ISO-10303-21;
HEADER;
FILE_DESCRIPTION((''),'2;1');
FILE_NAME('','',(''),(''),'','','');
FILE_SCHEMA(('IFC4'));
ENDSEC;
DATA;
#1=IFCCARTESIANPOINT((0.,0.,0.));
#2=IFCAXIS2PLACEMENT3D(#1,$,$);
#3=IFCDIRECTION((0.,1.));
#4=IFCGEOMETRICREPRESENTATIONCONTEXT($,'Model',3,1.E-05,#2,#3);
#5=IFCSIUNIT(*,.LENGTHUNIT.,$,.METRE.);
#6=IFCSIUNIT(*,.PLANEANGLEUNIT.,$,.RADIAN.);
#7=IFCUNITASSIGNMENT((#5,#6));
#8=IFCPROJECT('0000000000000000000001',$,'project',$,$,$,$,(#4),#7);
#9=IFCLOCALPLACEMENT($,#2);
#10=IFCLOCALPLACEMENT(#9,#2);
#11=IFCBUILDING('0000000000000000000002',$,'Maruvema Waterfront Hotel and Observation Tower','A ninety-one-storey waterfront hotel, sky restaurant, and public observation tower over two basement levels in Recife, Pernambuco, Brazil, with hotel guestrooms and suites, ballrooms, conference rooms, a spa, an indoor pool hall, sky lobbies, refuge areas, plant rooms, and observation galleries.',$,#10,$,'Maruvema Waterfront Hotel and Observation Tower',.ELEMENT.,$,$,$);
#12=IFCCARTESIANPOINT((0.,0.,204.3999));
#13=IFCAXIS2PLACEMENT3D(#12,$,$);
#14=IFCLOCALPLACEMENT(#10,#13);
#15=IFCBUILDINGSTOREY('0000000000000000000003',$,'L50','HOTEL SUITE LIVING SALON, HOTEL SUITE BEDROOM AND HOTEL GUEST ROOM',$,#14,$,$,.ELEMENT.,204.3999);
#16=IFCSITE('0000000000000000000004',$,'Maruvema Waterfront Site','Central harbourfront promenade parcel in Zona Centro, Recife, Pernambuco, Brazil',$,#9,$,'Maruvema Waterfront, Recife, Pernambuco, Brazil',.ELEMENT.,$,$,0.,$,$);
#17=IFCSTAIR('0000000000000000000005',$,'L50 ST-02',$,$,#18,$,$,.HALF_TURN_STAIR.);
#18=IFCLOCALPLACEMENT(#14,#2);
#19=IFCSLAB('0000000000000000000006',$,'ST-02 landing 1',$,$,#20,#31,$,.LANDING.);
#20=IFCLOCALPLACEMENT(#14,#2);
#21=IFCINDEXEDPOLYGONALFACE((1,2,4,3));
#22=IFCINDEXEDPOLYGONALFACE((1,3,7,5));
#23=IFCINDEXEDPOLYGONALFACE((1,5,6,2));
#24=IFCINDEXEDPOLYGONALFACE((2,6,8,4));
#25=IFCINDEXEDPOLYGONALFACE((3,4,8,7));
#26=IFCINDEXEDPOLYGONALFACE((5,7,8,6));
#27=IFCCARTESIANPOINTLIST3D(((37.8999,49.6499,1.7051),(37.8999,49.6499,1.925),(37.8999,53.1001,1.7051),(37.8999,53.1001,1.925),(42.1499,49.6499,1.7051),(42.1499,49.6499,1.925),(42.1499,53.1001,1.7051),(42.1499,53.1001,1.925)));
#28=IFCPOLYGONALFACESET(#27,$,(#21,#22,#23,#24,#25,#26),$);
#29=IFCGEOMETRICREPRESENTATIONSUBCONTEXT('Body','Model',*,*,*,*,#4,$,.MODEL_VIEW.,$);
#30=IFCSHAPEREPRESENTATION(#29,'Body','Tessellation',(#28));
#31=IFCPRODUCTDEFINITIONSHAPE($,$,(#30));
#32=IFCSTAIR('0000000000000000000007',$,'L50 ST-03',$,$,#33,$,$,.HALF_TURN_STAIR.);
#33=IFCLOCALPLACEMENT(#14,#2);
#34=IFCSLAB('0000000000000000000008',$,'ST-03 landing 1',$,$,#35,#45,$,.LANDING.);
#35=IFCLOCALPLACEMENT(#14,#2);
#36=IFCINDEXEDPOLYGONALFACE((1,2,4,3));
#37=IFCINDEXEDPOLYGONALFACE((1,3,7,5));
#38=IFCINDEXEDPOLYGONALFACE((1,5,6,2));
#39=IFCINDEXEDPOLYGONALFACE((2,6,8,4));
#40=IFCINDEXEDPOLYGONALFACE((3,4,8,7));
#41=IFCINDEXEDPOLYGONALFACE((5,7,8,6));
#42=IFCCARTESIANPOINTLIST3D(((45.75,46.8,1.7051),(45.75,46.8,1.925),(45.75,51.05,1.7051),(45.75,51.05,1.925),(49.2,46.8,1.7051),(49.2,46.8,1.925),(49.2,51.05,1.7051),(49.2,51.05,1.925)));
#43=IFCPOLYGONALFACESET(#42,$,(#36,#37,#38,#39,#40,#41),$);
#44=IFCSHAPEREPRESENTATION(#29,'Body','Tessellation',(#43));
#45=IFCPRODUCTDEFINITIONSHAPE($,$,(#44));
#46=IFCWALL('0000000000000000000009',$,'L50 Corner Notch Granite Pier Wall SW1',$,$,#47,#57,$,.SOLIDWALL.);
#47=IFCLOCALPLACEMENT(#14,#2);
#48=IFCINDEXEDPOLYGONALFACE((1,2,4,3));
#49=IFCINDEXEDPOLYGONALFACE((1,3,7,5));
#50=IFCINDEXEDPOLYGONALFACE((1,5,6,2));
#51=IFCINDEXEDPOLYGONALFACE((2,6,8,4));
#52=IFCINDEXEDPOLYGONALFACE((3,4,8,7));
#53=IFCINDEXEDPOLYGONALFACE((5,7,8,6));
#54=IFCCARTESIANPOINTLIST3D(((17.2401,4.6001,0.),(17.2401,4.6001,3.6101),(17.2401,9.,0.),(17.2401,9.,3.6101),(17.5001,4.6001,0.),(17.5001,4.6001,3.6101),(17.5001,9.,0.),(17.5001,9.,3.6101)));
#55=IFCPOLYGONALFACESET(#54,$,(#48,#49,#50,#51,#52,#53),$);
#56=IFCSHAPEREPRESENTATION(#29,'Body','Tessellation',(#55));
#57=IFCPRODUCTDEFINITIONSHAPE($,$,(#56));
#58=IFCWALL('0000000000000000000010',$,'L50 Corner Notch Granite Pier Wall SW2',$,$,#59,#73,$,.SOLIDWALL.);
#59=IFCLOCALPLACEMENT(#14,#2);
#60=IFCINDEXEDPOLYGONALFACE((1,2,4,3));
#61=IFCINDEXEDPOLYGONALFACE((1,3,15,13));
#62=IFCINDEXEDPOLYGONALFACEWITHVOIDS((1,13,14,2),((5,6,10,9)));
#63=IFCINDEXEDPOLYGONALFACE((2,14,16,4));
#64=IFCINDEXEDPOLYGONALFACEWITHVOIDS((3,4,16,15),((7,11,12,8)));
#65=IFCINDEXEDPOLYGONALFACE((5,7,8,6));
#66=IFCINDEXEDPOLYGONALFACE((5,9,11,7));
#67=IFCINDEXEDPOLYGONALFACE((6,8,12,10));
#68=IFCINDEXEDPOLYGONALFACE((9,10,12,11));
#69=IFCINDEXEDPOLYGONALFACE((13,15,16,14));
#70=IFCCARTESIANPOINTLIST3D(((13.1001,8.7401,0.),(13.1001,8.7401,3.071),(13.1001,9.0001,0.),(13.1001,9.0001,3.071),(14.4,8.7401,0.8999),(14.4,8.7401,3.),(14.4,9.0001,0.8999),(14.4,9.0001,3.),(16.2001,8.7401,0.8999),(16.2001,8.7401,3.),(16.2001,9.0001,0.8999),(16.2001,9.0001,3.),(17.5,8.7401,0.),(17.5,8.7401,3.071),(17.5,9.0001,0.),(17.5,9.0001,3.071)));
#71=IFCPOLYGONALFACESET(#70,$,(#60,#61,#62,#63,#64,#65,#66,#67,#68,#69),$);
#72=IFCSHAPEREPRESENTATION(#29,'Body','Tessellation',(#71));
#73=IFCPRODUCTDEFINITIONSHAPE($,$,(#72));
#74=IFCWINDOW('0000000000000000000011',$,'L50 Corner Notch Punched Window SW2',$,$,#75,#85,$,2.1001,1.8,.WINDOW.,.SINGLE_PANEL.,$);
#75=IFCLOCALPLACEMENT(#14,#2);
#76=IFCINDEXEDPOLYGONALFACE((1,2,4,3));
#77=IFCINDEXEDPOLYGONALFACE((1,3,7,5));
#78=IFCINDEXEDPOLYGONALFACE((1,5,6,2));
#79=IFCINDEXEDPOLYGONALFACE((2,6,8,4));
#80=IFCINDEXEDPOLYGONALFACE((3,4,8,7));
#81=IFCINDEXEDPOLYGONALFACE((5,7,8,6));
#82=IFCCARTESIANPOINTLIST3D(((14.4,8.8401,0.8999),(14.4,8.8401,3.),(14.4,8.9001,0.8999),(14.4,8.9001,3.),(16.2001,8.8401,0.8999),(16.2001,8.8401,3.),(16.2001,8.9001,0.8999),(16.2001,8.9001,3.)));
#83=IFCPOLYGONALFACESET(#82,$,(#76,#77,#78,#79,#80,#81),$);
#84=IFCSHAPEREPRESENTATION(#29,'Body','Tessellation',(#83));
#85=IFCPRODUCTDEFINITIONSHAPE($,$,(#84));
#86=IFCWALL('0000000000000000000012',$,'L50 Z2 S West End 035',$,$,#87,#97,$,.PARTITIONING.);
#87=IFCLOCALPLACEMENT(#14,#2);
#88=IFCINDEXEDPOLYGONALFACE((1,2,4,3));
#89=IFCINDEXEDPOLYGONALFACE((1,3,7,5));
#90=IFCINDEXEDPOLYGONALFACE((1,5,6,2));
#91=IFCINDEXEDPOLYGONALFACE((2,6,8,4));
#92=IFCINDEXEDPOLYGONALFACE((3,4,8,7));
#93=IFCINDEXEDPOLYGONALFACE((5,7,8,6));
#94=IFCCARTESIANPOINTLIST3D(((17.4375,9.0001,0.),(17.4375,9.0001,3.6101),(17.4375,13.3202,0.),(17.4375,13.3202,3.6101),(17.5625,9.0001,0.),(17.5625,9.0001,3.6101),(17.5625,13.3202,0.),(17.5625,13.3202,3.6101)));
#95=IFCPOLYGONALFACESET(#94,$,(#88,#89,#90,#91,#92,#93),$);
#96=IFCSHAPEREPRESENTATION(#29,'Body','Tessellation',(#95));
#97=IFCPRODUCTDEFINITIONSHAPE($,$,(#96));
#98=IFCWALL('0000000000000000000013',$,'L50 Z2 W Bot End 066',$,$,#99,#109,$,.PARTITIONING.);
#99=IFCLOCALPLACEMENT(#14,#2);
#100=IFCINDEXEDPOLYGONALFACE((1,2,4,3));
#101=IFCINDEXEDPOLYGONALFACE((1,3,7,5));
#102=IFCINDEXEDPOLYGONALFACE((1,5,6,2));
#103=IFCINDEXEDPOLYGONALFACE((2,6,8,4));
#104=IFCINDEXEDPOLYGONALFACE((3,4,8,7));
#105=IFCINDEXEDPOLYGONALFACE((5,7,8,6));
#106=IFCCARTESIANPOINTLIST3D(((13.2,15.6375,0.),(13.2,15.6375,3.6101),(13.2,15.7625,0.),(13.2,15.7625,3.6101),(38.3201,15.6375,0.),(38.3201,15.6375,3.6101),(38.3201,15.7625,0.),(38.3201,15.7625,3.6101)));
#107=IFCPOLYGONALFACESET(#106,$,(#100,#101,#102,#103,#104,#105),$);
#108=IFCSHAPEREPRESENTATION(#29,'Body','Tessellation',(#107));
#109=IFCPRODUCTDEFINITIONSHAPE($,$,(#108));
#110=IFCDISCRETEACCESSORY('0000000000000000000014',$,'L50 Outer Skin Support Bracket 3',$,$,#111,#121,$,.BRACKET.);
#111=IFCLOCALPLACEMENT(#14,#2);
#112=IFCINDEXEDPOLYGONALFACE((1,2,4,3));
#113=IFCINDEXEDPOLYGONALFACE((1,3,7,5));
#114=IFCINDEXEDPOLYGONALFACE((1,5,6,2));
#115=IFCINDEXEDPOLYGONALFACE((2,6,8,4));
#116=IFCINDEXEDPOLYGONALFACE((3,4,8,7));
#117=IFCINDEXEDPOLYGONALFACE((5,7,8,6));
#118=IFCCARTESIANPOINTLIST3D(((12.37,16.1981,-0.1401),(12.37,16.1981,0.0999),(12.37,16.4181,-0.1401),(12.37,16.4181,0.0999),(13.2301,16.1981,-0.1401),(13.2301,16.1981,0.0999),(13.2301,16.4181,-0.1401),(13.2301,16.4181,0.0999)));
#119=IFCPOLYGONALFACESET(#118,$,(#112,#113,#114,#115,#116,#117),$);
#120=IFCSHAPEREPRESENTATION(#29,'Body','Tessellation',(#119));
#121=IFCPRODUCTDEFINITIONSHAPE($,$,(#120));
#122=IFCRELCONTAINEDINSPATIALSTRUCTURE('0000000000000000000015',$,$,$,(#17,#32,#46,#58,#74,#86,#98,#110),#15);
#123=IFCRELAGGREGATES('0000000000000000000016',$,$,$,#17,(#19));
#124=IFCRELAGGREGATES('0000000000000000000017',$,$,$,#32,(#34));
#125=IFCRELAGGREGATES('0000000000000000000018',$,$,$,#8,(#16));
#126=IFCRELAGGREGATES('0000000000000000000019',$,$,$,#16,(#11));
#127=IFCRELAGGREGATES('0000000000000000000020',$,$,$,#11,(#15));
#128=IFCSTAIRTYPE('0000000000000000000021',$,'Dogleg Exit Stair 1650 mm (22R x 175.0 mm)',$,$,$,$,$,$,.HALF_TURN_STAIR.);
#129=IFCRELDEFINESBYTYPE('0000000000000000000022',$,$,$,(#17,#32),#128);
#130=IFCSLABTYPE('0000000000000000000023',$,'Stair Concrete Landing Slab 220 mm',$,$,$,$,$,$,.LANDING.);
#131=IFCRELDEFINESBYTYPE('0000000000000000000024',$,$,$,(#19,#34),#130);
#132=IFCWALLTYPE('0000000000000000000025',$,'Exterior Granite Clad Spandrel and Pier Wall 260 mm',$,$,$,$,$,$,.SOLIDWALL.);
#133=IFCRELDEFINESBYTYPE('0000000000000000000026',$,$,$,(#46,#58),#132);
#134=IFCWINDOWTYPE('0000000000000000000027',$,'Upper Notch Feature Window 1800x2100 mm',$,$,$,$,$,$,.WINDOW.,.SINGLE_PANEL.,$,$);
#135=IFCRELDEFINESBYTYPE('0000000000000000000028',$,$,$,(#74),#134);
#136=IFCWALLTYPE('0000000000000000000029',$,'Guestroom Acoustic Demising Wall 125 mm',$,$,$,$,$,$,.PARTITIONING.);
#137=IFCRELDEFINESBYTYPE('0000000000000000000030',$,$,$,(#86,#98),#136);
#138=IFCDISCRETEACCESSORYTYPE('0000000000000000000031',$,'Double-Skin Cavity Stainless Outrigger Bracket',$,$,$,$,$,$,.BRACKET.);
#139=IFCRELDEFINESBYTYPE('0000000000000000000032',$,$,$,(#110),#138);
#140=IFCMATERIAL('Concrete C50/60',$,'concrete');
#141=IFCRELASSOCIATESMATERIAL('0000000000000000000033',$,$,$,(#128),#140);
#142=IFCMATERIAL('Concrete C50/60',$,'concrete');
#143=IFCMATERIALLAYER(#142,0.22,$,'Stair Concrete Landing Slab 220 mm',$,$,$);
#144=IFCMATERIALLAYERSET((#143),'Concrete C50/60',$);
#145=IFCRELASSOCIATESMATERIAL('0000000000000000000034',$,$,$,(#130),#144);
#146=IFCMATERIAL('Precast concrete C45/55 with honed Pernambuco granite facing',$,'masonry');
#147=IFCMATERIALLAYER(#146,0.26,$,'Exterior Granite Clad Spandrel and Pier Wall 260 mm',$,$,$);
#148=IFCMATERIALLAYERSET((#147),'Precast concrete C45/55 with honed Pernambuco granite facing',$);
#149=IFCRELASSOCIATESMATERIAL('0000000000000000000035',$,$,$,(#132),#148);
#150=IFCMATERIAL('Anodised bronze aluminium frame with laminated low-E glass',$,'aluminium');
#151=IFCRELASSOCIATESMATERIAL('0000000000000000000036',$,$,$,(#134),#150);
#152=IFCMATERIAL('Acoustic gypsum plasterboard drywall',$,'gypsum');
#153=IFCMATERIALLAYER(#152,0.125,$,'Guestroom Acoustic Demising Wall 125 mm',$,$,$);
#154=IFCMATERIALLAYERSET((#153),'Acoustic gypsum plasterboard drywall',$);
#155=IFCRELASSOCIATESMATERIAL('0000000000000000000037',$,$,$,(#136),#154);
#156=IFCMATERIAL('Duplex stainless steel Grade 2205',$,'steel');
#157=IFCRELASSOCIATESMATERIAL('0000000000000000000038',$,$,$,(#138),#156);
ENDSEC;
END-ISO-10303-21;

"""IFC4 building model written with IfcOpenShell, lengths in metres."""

from ifc_helpers import new_model, si_unit, direction, frame, frame_2d, origin, origin_2d, place, context, subcontext, project, spatial, polyline, rectangle, outline, extrude, material, layer, layer_set, type_object, element, fill, aggregate, save


model = new_model("IFC4")

# Units and contexts
model_context = context("Model", 3, precision=1e-05, world=origin(), true_north=direction((0.0, 1.0)))
body_context = subcontext(model_context, "Body", "Model", "MODEL_VIEW")
ifc_project = project(units=[si_unit("LENGTHUNIT", "METRE"), si_unit("PLANEANGLEUNIT", "RADIAN")], contexts=[model_context])

# Site, building, storey
site_placement = place(None, origin())
site = spatial("IfcSite", under=ifc_project, at=site_placement, Name="Maruvema Waterfront Site", Description="Central harbourfront promenade parcel in Zona Centro, Recife, Pernambuco, Brazil", LongName="Maruvema Waterfront, Recife, Pernambuco, Brazil", CompositionType="ELEMENT", RefElevation=0.0)
building_placement = place(site_placement, origin())
building = spatial("IfcBuilding", under=site, at=building_placement, Name="Maruvema Waterfront Hotel and Observation Tower", Description="A ninety-one-storey waterfront hotel, sky restaurant, and public observation tower over two basement levels in Recife, Pernambuco, Brazil, with hotel guestrooms and suites, ballrooms, conference rooms, a spa, an indoor pool hall, sky lobbies, refuge areas, plant rooms, and observation galleries.", LongName="Maruvema Waterfront Hotel and Observation Tower", CompositionType="ELEMENT")
storey_placement = place(building_placement, frame((0.0, 0.0, 204.3999)))
storey = spatial("IfcBuildingStorey", under=building, at=storey_placement, Name="L50", Description="HOTEL SUITE LIVING SALON, HOTEL SUITE BEDROOM AND HOTEL GUEST ROOM", CompositionType="ELEMENT", Elevation=204.3999)

# Stairs, slabs
ifc_material_1 = material(Name="Concrete C50/60", Category="concrete")
stair_type = type_object("IfcStairType", Name="Dogleg Exit Stair 1650 mm (22R x 175.0 mm)", PredefinedType="HALF_TURN_STAIR", material=ifc_material_1)
ifc_material_2 = material(Name="Concrete C50/60", Category="concrete")
ifc_layer_1 = layer(ifc_material_2, 0.22, Name="Stair Concrete Landing Slab 220 mm")
ifc_layer_set_1 = layer_set([ifc_layer_1], Name="Concrete C50/60")
slab_type_1 = type_object("IfcSlabType", Name="Stair Concrete Landing Slab 220 mm", PredefinedType="LANDING", material=ifc_layer_set_1)
stair_1_placement = place(storey_placement, origin())
stair_1 = element("IfcStair", 1, at=stair_1_placement, inside=storey, type_object=stair_type, Name="L50 ST-02", PredefinedType="HALF_TURN_STAIR")
slab_1_placement = place(storey_placement, frame((0.0, 0.0, 1.7051)))
slab_1 = element("IfcSlab", 2, at=slab_1_placement, type_object=slab_type_1, Name="ST-02 landing 1", PredefinedType="LANDING", context=body_context, shape_type="SweptSolid", body=[
    extrude(outline(polyline([(37.8999, 49.6499), (42.1499, 49.6499), (42.1499, 53.1001), (37.8999, 53.1001), (37.8999, 49.6499)])), origin(), (0.0, 0.0, 1.0), 0.22),
])
aggregate(stair_1, [slab_1])
stair_2_placement = place(storey_placement, origin())
stair_2 = element("IfcStair", 3, at=stair_2_placement, inside=storey, type_object=stair_type, Name="L50 ST-03", PredefinedType="HALF_TURN_STAIR")
slab_2_placement = place(storey_placement, frame((0.0, 0.0, 1.7051)))
slab_2 = element("IfcSlab", 4, at=slab_2_placement, type_object=slab_type_1, Name="ST-03 landing 1", PredefinedType="LANDING", context=body_context, shape_type="SweptSolid", body=[
    extrude(outline(polyline([(49.2, 46.8), (49.2, 51.05), (45.75, 51.05), (45.75, 46.8), (49.2, 46.8)])), origin(), (0.0, 0.0, 1.0), 0.22),
])
aggregate(stair_2, [slab_2])

# Wall
ifc_material_3 = material(Name="Precast concrete C45/55 with honed Pernambuco granite facing", Category="masonry")
ifc_layer_2 = layer(ifc_material_3, 0.26, Name="Exterior Granite Clad Spandrel and Pier Wall 260 mm")
ifc_layer_set_2 = layer_set([ifc_layer_2], Name="Precast concrete C45/55 with honed Pernambuco granite facing")
wall_type_1 = type_object("IfcWallType", Name="Exterior Granite Clad Spandrel and Pier Wall 260 mm", PredefinedType="SOLIDWALL", material=ifc_layer_set_2)
wall_1_placement = place(storey_placement, frame((17.3701, 4.6001, 0.0), z_axis=(0.0, 0.0, 1.0), x_axis=(0.0, 1.0, 0.0)))
element("IfcWall", 5, at=wall_1_placement, inside=storey, type_object=wall_type_1, Name="L50 Corner Notch Granite Pier Wall SW1", PredefinedType="SOLIDWALL", context=body_context, shape_type="SweptSolid", body=[
    extrude(rectangle(XDim=4.3999, YDim=0.26, at=frame_2d((2.2, 0.0))), origin(), (0.0, 0.0, 1.0), 3.6101),
])

# Wall, opening, window
wall_2_placement = place(storey_placement, frame((17.5, 8.8701, 0.0), z_axis=(0.0, 0.0, 1.0), x_axis=(-1.0, 0.0, 0.0)))
wall_2 = element("IfcWall", 6, at=wall_2_placement, inside=storey, type_object=wall_type_1, Name="L50 Corner Notch Granite Pier Wall SW2", PredefinedType="SOLIDWALL", context=body_context, shape_type="SweptSolid", body=[
    extrude(rectangle(XDim=4.3999, YDim=0.26, at=frame_2d((2.2, 0.0))), origin(), (0.0, 0.0, 1.0), 3.071),
])
opening_1_placement = place(wall_2_placement, frame((1.3, 0.0, 0.8999)))
opening_1 = element("IfcOpeningElement", 7, at=opening_1_placement, cuts=wall_2, PredefinedType="OPENING", context=body_context, shape_type="SweptSolid", body=[
    extrude(rectangle(XDim=1.8, YDim=2.1001, at=frame_2d((0.8999, 1.05))), frame((0.0, 0.1401, 0.0), z_axis=(0.0, -1.0, 0.0), x_axis=(1.0, 0.0, 0.0)), (0.0, 0.0, 1.0), 0.28),
])
ifc_material_4 = material(Name="Anodised bronze aluminium frame with laminated low-E glass", Category="aluminium")
window_type = type_object("IfcWindowType", Name="Upper Notch Feature Window 1800x2100 mm", PartitioningType="SINGLE_PANEL", PredefinedType="WINDOW", material=ifc_material_4)
window_placement = place(opening_1_placement, origin())
window = element("IfcWindow", 8, at=window_placement, inside=storey, type_object=window_type, Name="L50 Corner Notch Punched Window SW2", OverallHeight=2.1001, OverallWidth=1.8, PartitioningType="SINGLE_PANEL", PredefinedType="WINDOW", context=body_context, shape_type="SweptSolid", body=[
    extrude(rectangle(XDim=1.8, YDim=2.1001, at=frame_2d((0.8999, 1.05))), frame((0.0, 0.03, 0.0), z_axis=(0.0, -1.0, 0.0), x_axis=(1.0, 0.0, 0.0)), (0.0, 0.0, 1.0), 0.0601),
])
fill(opening_1, window)

# Walls
ifc_material_5 = material(Name="Acoustic gypsum plasterboard drywall", Category="gypsum")
ifc_layer_3 = layer(ifc_material_5, 0.125, Name="Guestroom Acoustic Demising Wall 125 mm")
ifc_layer_set_3 = layer_set([ifc_layer_3], Name="Acoustic gypsum plasterboard drywall")
wall_type_2 = type_object("IfcWallType", Name="Guestroom Acoustic Demising Wall 125 mm", PredefinedType="PARTITIONING", material=ifc_layer_set_3)
wall_3_placement = place(storey_placement, frame((17.5, 9.0, 0.0), z_axis=(0.0, 0.0, 1.0), x_axis=(0.0, 1.0, 0.0)))
element("IfcWall", 9, at=wall_3_placement, inside=storey, type_object=wall_type_2, Name="L50 Z2 S West End 035", PredefinedType="PARTITIONING", context=body_context, shape_type="SweptSolid", body=[
    extrude(rectangle(XDim=4.3201, YDim=0.125, at=frame_2d((2.1602, 0.0))), origin(), (0.0, 0.0, 1.0), 3.6101),
])
wall_4_placement = place(storey_placement, frame((13.2, 15.7, 0.0), z_axis=(0.0, 0.0, 1.0), x_axis=(1.0, 0.0, 0.0)))
element("IfcWall", 10, at=wall_4_placement, inside=storey, type_object=wall_type_2, Name="L50 Z2 W Bot End 066", PredefinedType="PARTITIONING", context=body_context, shape_type="SweptSolid", body=[
    extrude(rectangle(XDim=25.1201, YDim=0.125, at=frame_2d((12.5601, 0.0))), origin(), (0.0, 0.0, 1.0), 3.6101),
])

# Discrete accessory
ifc_material_6 = material(Name="Duplex stainless steel Grade 2205", Category="steel")
discrete_accessory_type = type_object("IfcDiscreteAccessoryType", Name="Double-Skin Cavity Stainless Outrigger Bracket", PredefinedType="BRACKET", material=ifc_material_6)
discrete_accessory_placement = place(storey_placement, frame((12.8, 16.3081, -0.1401), z_axis=(0.0, 0.0, 1.0), x_axis=(0.0, -1.0, 0.0)))
element("IfcDiscreteAccessory", 11, at=discrete_accessory_placement, inside=storey, type_object=discrete_accessory_type, Name="L50 Outer Skin Support Bracket 3", PredefinedType="BRACKET", context=body_context, shape_type="SweptSolid", body=[
    extrude(rectangle(XDim=0.22, YDim=0.8601, at=origin_2d()), origin(), (0.0, 0.0, 1.0), 0.24),
])

save(model, "model.ifc")
